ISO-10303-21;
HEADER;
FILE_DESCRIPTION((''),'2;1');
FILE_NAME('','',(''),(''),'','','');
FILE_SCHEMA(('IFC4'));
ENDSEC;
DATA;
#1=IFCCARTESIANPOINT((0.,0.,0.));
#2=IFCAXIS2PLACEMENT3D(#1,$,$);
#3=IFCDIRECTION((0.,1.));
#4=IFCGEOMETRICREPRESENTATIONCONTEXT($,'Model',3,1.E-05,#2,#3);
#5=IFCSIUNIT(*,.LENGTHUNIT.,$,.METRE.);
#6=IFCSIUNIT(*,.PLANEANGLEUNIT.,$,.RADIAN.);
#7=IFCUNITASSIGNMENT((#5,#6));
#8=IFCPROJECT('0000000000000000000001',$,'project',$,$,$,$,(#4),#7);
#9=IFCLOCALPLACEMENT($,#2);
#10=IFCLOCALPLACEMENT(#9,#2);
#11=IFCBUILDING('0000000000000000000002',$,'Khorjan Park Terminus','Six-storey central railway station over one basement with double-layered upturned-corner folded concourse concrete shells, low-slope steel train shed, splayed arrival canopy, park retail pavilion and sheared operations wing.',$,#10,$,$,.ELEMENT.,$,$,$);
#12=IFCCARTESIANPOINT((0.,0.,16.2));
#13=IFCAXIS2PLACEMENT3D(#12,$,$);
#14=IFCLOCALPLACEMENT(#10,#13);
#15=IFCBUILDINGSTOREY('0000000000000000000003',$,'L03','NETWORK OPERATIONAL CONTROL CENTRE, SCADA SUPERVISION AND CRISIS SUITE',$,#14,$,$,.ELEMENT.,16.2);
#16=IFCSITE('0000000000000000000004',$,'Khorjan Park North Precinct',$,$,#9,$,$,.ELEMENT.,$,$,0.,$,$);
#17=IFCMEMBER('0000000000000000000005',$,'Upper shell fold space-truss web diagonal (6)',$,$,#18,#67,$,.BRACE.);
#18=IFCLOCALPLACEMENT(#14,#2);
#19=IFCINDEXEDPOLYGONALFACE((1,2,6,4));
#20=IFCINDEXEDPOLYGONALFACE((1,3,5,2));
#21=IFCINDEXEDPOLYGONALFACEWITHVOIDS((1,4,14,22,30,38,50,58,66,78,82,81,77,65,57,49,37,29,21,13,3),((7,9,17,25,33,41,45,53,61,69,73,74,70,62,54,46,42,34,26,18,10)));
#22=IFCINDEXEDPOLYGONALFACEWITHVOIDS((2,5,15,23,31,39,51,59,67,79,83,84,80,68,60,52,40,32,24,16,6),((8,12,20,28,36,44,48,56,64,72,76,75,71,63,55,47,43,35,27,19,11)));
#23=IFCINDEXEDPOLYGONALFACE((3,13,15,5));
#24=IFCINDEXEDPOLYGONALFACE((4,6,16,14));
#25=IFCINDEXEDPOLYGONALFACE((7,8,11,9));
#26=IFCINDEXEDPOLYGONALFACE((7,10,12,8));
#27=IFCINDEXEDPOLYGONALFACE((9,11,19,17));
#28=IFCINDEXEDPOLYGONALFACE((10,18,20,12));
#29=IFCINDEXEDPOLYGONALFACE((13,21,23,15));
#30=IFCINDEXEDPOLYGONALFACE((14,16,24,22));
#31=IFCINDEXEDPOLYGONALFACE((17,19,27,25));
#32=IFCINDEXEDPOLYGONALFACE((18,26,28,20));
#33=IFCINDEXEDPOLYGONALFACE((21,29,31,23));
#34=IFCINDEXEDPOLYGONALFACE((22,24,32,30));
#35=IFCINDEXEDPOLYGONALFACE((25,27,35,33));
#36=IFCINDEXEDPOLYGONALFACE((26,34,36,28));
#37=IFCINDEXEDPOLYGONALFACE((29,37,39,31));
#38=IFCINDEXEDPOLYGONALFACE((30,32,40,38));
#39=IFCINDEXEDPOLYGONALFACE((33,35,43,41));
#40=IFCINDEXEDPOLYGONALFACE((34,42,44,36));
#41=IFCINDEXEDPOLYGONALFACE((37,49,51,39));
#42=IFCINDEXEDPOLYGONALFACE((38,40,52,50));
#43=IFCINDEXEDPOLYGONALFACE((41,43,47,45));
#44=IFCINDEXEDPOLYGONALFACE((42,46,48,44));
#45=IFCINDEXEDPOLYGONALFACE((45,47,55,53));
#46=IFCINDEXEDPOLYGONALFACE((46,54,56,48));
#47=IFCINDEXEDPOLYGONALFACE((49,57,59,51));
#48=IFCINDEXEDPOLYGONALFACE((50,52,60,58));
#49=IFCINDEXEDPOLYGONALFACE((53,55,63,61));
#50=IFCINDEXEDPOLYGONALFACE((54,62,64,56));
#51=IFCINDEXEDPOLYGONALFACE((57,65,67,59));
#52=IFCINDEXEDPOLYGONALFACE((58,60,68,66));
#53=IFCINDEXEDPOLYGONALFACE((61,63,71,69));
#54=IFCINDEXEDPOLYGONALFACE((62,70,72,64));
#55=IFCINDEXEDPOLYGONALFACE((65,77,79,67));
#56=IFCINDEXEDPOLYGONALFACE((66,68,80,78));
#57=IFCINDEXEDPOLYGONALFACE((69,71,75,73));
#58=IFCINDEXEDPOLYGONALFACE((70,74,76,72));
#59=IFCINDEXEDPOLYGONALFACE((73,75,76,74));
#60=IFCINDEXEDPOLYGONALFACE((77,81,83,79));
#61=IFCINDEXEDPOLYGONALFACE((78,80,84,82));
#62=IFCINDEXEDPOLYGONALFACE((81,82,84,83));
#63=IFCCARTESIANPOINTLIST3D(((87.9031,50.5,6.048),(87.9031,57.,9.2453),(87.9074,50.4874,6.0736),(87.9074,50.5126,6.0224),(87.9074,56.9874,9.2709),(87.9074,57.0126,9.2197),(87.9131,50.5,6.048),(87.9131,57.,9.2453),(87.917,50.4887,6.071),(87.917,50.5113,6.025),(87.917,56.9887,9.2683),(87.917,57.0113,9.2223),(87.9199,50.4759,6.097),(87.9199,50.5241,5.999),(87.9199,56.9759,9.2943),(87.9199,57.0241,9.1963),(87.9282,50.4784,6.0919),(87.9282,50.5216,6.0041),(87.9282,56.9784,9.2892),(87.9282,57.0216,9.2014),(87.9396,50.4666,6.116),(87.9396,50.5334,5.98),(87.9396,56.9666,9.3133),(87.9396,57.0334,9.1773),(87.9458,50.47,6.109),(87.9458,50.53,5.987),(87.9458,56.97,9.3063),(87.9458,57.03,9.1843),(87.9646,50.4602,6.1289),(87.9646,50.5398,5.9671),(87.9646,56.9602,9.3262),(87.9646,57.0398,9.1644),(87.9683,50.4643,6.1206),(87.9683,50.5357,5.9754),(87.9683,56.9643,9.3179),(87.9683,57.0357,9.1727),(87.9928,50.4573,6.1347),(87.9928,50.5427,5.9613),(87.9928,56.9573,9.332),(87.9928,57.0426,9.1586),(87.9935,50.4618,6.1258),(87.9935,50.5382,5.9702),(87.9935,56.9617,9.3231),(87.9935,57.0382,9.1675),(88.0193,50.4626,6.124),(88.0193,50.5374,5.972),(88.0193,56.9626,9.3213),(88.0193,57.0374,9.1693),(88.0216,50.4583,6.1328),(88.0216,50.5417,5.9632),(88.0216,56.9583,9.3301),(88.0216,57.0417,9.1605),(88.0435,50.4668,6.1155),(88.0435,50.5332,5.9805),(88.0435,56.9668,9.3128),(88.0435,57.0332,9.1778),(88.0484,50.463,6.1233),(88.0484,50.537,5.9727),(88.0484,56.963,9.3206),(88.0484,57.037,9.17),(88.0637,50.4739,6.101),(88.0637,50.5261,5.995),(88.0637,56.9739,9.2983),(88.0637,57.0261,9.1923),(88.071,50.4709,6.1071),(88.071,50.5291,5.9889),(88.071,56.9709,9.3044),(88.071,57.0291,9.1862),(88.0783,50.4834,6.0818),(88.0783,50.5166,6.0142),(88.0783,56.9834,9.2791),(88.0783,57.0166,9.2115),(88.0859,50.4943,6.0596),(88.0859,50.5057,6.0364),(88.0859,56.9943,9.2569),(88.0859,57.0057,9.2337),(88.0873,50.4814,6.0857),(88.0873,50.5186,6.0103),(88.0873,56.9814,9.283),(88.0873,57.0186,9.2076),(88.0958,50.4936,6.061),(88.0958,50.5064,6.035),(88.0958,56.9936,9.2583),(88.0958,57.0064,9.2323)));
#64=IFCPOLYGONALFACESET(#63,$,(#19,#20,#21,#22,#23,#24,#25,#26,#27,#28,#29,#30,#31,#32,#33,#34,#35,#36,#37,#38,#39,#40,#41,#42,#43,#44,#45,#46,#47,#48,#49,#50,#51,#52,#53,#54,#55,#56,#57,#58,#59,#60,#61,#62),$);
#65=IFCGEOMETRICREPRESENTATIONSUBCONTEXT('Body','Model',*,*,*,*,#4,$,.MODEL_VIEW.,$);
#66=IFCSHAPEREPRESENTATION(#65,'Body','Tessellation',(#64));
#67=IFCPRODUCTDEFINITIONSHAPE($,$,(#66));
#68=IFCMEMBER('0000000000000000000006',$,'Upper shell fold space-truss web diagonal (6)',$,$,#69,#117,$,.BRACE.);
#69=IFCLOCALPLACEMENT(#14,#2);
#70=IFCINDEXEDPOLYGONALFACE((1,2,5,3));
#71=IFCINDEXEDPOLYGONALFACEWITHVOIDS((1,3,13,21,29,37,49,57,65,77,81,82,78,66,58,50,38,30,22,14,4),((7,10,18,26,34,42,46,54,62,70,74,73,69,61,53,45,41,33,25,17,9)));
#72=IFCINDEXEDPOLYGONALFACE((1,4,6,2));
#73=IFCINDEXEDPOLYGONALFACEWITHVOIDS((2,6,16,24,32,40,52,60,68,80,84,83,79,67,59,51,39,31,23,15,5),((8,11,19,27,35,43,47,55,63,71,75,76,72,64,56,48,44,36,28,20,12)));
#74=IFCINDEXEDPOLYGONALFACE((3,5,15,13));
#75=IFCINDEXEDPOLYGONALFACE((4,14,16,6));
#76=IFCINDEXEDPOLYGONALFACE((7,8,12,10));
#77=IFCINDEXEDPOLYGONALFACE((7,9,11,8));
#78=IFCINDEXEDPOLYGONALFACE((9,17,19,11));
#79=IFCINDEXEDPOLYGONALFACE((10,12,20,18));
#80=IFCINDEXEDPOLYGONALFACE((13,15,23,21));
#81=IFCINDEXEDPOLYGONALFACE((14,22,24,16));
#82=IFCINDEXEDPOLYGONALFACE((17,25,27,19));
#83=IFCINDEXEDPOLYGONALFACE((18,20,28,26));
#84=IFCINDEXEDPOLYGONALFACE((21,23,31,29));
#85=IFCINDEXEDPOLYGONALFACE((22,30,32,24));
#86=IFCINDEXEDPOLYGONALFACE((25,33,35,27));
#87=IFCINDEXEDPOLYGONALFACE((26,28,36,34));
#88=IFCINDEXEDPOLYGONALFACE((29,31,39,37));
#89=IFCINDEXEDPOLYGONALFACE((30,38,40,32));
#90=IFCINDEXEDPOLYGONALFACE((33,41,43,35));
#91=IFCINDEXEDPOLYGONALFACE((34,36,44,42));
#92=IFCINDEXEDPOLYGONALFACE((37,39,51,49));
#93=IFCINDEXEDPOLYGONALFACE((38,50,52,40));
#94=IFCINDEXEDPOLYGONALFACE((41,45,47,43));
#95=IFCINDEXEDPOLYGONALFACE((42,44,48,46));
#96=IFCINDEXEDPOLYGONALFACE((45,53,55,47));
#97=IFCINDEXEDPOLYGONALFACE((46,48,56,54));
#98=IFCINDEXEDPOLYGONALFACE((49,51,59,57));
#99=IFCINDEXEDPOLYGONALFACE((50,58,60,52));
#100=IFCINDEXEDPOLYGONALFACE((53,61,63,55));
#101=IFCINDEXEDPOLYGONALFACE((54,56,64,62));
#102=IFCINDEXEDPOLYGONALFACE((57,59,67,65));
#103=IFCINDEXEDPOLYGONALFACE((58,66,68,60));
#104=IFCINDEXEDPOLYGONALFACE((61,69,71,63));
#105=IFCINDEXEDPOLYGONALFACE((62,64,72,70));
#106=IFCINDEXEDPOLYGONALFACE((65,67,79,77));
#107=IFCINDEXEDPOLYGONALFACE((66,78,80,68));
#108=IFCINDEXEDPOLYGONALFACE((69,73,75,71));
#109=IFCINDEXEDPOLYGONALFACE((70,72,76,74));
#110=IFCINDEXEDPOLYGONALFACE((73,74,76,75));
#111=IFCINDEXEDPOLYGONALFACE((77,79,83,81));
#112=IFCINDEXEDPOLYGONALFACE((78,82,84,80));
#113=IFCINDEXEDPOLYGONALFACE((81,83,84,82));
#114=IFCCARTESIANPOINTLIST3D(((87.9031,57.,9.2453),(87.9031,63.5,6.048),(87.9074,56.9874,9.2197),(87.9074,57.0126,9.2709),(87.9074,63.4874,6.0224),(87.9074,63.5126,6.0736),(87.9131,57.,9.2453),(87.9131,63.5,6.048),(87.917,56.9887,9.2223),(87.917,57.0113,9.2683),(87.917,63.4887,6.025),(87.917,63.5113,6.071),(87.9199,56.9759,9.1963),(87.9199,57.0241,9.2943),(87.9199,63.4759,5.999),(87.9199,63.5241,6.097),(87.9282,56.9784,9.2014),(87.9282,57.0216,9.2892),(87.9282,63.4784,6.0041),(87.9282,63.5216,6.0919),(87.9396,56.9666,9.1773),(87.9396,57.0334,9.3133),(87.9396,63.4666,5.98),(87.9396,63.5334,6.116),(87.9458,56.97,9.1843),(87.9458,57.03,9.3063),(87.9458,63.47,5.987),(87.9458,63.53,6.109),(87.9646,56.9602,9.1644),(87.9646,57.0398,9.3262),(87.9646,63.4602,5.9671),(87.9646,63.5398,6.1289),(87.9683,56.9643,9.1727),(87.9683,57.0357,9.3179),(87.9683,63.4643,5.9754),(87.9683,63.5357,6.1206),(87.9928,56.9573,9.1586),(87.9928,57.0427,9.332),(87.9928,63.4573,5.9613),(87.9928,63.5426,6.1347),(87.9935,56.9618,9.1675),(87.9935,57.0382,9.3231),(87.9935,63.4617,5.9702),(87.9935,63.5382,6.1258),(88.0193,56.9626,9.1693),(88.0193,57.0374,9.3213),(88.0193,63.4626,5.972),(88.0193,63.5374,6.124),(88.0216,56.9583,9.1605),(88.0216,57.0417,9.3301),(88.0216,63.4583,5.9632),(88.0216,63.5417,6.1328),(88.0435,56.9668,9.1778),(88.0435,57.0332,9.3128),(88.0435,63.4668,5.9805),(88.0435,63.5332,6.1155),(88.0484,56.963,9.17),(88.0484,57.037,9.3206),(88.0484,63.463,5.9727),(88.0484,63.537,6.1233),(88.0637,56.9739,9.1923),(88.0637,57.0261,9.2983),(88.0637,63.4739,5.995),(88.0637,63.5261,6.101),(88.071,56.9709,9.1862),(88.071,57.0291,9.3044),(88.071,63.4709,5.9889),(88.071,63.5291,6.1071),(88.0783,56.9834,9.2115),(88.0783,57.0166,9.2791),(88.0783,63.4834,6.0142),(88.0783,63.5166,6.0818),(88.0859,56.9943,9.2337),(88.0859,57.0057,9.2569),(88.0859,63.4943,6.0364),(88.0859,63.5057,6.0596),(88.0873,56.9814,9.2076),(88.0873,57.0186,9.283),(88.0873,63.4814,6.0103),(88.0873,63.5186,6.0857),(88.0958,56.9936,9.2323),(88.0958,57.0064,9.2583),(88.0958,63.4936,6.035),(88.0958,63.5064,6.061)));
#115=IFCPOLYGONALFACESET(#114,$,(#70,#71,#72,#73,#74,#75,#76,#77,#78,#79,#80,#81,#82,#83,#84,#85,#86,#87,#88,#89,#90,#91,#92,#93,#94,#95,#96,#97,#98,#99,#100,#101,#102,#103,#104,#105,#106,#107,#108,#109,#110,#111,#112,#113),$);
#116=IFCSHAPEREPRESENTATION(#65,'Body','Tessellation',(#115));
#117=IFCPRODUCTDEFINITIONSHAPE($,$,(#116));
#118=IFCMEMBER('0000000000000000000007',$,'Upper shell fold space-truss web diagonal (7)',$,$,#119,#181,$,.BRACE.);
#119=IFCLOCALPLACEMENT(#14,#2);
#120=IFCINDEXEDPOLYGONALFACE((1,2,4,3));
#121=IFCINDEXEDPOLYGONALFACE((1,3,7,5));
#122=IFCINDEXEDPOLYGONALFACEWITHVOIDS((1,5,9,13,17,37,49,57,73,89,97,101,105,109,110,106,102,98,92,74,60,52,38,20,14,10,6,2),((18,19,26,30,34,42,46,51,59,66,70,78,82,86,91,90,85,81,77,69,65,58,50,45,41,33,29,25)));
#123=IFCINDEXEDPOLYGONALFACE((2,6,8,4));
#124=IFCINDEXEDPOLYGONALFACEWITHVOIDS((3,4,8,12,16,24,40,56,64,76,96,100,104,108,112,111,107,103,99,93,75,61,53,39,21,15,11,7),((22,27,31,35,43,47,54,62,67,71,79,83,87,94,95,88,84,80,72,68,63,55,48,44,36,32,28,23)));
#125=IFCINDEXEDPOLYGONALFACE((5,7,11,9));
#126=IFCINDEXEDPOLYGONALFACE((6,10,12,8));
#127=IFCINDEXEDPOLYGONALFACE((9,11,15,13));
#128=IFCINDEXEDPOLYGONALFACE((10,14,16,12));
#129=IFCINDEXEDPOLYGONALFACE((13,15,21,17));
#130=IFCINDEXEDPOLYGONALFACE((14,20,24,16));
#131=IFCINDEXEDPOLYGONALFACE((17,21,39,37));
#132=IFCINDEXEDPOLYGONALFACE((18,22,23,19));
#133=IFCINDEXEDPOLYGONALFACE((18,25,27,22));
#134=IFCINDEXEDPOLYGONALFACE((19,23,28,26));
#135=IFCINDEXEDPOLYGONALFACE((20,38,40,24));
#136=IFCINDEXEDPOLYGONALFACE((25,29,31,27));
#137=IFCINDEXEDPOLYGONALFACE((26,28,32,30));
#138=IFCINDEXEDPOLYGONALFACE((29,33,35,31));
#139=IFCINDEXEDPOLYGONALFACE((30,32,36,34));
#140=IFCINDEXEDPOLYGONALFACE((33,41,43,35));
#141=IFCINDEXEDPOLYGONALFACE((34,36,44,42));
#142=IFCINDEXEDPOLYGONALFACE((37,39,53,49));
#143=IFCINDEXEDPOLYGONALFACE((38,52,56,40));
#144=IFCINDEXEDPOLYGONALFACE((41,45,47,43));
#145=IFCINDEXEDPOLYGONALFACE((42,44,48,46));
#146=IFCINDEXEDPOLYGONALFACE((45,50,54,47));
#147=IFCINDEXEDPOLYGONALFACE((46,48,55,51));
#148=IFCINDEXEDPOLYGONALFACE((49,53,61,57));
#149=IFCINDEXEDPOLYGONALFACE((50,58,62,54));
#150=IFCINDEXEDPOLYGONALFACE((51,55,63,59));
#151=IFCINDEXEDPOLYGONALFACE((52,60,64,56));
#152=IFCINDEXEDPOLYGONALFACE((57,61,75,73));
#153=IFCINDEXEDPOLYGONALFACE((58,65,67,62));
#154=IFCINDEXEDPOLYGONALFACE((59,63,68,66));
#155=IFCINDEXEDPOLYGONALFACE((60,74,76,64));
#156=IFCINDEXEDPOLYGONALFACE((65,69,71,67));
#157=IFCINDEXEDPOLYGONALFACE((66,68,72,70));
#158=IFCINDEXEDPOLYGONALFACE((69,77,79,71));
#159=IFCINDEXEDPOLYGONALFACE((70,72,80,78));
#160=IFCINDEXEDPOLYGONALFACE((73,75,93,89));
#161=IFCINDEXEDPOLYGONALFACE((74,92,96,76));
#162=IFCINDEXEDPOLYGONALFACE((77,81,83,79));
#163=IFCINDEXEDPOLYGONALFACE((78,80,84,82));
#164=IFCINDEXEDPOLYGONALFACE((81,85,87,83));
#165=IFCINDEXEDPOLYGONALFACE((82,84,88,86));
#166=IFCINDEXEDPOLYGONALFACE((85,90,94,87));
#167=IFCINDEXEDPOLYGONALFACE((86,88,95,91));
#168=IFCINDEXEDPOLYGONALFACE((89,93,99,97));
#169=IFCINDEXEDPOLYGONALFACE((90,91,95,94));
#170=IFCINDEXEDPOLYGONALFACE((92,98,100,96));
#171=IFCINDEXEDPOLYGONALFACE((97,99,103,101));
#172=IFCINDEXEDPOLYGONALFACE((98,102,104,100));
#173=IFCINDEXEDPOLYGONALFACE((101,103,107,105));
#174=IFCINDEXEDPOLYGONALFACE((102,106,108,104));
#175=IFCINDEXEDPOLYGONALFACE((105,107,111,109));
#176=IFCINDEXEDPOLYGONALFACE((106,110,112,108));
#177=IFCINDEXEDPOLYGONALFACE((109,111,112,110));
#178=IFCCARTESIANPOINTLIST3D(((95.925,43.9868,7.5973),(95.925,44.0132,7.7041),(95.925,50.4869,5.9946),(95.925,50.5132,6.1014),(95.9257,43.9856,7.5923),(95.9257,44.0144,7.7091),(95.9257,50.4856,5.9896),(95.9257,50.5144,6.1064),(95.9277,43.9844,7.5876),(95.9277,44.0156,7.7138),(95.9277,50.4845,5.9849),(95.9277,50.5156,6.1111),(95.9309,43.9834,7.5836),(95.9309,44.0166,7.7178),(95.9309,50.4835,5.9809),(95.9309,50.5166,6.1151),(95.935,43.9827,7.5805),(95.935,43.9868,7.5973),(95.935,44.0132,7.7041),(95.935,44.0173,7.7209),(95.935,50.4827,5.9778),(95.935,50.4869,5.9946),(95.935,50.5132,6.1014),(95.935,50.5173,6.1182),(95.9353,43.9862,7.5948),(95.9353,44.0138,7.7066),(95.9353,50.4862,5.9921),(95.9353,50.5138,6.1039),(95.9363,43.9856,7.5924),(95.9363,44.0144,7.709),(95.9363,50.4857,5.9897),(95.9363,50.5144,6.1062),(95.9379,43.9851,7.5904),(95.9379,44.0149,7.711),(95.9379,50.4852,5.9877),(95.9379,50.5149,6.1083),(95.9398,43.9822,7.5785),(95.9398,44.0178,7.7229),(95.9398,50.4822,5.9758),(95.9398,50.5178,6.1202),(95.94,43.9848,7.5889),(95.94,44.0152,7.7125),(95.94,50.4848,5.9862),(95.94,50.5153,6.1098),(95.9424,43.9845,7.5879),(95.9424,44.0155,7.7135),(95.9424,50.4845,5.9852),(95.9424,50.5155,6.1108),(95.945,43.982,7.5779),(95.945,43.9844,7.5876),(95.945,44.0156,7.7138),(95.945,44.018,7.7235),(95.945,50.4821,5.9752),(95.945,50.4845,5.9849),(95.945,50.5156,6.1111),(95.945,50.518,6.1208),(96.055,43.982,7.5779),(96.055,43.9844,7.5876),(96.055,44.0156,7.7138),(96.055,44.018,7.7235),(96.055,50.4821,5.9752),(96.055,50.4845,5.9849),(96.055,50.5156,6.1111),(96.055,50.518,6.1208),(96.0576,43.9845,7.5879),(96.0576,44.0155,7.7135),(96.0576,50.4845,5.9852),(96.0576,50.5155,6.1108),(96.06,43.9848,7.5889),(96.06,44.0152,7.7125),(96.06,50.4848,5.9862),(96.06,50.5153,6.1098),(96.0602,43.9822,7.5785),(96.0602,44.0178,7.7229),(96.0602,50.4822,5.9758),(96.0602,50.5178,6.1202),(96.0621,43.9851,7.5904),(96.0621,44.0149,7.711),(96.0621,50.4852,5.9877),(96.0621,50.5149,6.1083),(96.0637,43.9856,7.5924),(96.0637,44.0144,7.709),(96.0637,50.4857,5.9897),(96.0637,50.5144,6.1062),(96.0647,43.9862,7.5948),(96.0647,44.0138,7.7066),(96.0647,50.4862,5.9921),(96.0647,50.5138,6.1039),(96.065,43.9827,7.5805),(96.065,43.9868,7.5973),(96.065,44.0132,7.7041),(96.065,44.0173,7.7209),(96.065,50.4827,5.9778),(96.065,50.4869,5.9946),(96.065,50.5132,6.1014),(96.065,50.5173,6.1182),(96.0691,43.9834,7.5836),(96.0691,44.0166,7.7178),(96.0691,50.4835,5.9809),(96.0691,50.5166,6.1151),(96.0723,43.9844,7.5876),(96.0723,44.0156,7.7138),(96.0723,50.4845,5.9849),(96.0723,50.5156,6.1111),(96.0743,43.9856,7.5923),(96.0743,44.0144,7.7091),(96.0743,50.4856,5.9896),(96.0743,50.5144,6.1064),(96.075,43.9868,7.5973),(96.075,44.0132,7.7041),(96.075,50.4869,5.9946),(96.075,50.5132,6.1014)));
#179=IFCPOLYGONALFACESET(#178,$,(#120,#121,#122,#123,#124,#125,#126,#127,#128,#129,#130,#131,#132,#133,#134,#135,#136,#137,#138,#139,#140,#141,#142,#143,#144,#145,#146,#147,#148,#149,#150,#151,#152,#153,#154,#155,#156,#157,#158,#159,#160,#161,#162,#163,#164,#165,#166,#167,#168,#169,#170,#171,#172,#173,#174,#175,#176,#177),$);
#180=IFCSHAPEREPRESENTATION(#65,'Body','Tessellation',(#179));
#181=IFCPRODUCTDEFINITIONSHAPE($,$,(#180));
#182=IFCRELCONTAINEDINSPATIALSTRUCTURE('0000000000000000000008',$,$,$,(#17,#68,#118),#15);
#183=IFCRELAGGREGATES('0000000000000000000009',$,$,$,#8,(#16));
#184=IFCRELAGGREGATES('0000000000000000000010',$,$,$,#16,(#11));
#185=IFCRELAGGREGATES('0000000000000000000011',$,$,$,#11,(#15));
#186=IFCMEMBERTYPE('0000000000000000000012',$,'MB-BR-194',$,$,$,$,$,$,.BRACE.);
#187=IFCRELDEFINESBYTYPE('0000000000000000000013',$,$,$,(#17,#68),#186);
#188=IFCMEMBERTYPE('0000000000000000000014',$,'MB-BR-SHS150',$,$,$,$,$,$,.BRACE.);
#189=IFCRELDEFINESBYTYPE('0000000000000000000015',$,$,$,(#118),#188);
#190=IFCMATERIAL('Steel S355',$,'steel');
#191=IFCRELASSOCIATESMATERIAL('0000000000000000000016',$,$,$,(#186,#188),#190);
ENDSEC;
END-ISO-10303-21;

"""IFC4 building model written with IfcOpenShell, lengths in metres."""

from ifc_helpers import new_model, si_unit, direction, frame, origin, origin_2d, place, context, subcontext, project, spatial, hollow_rectangle, hollow_circle, extrude, material, material_profile, profile_set, type_object, element, save


model = new_model("IFC4")

# Units and contexts
model_context = context("Model", 3, precision=1e-05, world=origin(), true_north=direction((0.0, 1.0)))
body_context = subcontext(model_context, "Body", "Model", "MODEL_VIEW")
ifc_project = project(units=[si_unit("LENGTHUNIT", "METRE"), si_unit("PLANEANGLEUNIT", "RADIAN")], contexts=[model_context])

# Site, building, storey
site_placement = place(None, origin())
site = spatial("IfcSite", under=ifc_project, at=site_placement, Name="Khorjan Park North Precinct", CompositionType="ELEMENT", RefElevation=0.0)
building_placement = place(site_placement, origin())
building = spatial("IfcBuilding", under=site, at=building_placement, Name="Khorjan Park Terminus", Description="Six-storey central railway station over one basement with double-layered upturned-corner folded concourse concrete shells, low-slope steel train shed, splayed arrival canopy, park retail pavilion and sheared operations wing.", CompositionType="ELEMENT")
storey_placement = place(building_placement, frame((0.0, 0.0, 16.2)))
storey = spatial("IfcBuildingStorey", under=building, at=storey_placement, Name="L03", Description="NETWORK OPERATIONAL CONTROL CENTRE, SCADA SUPERVISION AND CRISIS SUITE", CompositionType="ELEMENT", Elevation=16.2)

# Members
ifc_material = material(Name="Steel S355", Category="steel")
ifc_material_profile_1 = material_profile(ifc_material, hollow_circle(Radius=0.0969, WallThickness=0.01, at=origin_2d()), Name="CHS 193.7x10")
ifc_profile_set_1 = profile_set([ifc_material_profile_1], Name="Steel S355")
member_type_1 = type_object("IfcMemberType", Name="MB-BR-194", PredefinedType="BRACE", material=ifc_profile_set_1)
for number, where, z_axis, x_axis, name in (
    (1, (88.0, 50.5, 6.048), (0.0, 0.897318, 0.441384), (-1.0, 0.0, 0.0), "Upper shell fold space-truss web diagonal (6)"),
    (2, (88.0, 57.0, 9.2453), (0.0, 0.897318, -0.441384), (-1.0, 0.0, 0.0), "Upper shell fold space-truss web diagonal (6)"),
):
    element("IfcMember", number, at=place(storey_placement, frame(where, z_axis=z_axis, x_axis=x_axis)), inside=storey, type_object=member_type_1, Name=name, PredefinedType="BRACE", context=body_context, shape_type="SweptSolid", body=[
        extrude(hollow_circle(Radius=0.0969, WallThickness=0.01, at=origin_2d()), origin(), (0.0, 0.0, 1.0), 7.2438),
    ])
ifc_material_profile_2 = material_profile(ifc_material, hollow_rectangle(XDim=0.15, YDim=0.15, WallThickness=0.01, InnerFilletRadius=0.01, OuterFilletRadius=0.02, at=origin_2d()), Name="SHS 150x150x10")
ifc_profile_set_2 = profile_set([ifc_material_profile_2], Name="Steel S355")
member_type_2 = type_object("IfcMemberType", Name="MB-BR-SHS150", PredefinedType="BRACE", material=ifc_profile_set_2)
member_1_placement = place(storey_placement, frame((96.0, 44.0, 7.6507), z_axis=(0.0, 0.970921, -0.239399), x_axis=(-1.0, 0.0, 0.0)))
element("IfcMember", 3, at=member_1_placement, inside=storey, type_object=member_type_2, Name="Upper shell fold space-truss web diagonal (7)", PredefinedType="BRACE", context=body_context, shape_type="SweptSolid", body=[
    extrude(hollow_rectangle(XDim=0.15, YDim=0.15, WallThickness=0.01, InnerFilletRadius=0.01, OuterFilletRadius=0.02, at=origin_2d()), origin(), (0.0, 0.0, 1.0), 6.6947),
])

save(model, "model.ifc")
